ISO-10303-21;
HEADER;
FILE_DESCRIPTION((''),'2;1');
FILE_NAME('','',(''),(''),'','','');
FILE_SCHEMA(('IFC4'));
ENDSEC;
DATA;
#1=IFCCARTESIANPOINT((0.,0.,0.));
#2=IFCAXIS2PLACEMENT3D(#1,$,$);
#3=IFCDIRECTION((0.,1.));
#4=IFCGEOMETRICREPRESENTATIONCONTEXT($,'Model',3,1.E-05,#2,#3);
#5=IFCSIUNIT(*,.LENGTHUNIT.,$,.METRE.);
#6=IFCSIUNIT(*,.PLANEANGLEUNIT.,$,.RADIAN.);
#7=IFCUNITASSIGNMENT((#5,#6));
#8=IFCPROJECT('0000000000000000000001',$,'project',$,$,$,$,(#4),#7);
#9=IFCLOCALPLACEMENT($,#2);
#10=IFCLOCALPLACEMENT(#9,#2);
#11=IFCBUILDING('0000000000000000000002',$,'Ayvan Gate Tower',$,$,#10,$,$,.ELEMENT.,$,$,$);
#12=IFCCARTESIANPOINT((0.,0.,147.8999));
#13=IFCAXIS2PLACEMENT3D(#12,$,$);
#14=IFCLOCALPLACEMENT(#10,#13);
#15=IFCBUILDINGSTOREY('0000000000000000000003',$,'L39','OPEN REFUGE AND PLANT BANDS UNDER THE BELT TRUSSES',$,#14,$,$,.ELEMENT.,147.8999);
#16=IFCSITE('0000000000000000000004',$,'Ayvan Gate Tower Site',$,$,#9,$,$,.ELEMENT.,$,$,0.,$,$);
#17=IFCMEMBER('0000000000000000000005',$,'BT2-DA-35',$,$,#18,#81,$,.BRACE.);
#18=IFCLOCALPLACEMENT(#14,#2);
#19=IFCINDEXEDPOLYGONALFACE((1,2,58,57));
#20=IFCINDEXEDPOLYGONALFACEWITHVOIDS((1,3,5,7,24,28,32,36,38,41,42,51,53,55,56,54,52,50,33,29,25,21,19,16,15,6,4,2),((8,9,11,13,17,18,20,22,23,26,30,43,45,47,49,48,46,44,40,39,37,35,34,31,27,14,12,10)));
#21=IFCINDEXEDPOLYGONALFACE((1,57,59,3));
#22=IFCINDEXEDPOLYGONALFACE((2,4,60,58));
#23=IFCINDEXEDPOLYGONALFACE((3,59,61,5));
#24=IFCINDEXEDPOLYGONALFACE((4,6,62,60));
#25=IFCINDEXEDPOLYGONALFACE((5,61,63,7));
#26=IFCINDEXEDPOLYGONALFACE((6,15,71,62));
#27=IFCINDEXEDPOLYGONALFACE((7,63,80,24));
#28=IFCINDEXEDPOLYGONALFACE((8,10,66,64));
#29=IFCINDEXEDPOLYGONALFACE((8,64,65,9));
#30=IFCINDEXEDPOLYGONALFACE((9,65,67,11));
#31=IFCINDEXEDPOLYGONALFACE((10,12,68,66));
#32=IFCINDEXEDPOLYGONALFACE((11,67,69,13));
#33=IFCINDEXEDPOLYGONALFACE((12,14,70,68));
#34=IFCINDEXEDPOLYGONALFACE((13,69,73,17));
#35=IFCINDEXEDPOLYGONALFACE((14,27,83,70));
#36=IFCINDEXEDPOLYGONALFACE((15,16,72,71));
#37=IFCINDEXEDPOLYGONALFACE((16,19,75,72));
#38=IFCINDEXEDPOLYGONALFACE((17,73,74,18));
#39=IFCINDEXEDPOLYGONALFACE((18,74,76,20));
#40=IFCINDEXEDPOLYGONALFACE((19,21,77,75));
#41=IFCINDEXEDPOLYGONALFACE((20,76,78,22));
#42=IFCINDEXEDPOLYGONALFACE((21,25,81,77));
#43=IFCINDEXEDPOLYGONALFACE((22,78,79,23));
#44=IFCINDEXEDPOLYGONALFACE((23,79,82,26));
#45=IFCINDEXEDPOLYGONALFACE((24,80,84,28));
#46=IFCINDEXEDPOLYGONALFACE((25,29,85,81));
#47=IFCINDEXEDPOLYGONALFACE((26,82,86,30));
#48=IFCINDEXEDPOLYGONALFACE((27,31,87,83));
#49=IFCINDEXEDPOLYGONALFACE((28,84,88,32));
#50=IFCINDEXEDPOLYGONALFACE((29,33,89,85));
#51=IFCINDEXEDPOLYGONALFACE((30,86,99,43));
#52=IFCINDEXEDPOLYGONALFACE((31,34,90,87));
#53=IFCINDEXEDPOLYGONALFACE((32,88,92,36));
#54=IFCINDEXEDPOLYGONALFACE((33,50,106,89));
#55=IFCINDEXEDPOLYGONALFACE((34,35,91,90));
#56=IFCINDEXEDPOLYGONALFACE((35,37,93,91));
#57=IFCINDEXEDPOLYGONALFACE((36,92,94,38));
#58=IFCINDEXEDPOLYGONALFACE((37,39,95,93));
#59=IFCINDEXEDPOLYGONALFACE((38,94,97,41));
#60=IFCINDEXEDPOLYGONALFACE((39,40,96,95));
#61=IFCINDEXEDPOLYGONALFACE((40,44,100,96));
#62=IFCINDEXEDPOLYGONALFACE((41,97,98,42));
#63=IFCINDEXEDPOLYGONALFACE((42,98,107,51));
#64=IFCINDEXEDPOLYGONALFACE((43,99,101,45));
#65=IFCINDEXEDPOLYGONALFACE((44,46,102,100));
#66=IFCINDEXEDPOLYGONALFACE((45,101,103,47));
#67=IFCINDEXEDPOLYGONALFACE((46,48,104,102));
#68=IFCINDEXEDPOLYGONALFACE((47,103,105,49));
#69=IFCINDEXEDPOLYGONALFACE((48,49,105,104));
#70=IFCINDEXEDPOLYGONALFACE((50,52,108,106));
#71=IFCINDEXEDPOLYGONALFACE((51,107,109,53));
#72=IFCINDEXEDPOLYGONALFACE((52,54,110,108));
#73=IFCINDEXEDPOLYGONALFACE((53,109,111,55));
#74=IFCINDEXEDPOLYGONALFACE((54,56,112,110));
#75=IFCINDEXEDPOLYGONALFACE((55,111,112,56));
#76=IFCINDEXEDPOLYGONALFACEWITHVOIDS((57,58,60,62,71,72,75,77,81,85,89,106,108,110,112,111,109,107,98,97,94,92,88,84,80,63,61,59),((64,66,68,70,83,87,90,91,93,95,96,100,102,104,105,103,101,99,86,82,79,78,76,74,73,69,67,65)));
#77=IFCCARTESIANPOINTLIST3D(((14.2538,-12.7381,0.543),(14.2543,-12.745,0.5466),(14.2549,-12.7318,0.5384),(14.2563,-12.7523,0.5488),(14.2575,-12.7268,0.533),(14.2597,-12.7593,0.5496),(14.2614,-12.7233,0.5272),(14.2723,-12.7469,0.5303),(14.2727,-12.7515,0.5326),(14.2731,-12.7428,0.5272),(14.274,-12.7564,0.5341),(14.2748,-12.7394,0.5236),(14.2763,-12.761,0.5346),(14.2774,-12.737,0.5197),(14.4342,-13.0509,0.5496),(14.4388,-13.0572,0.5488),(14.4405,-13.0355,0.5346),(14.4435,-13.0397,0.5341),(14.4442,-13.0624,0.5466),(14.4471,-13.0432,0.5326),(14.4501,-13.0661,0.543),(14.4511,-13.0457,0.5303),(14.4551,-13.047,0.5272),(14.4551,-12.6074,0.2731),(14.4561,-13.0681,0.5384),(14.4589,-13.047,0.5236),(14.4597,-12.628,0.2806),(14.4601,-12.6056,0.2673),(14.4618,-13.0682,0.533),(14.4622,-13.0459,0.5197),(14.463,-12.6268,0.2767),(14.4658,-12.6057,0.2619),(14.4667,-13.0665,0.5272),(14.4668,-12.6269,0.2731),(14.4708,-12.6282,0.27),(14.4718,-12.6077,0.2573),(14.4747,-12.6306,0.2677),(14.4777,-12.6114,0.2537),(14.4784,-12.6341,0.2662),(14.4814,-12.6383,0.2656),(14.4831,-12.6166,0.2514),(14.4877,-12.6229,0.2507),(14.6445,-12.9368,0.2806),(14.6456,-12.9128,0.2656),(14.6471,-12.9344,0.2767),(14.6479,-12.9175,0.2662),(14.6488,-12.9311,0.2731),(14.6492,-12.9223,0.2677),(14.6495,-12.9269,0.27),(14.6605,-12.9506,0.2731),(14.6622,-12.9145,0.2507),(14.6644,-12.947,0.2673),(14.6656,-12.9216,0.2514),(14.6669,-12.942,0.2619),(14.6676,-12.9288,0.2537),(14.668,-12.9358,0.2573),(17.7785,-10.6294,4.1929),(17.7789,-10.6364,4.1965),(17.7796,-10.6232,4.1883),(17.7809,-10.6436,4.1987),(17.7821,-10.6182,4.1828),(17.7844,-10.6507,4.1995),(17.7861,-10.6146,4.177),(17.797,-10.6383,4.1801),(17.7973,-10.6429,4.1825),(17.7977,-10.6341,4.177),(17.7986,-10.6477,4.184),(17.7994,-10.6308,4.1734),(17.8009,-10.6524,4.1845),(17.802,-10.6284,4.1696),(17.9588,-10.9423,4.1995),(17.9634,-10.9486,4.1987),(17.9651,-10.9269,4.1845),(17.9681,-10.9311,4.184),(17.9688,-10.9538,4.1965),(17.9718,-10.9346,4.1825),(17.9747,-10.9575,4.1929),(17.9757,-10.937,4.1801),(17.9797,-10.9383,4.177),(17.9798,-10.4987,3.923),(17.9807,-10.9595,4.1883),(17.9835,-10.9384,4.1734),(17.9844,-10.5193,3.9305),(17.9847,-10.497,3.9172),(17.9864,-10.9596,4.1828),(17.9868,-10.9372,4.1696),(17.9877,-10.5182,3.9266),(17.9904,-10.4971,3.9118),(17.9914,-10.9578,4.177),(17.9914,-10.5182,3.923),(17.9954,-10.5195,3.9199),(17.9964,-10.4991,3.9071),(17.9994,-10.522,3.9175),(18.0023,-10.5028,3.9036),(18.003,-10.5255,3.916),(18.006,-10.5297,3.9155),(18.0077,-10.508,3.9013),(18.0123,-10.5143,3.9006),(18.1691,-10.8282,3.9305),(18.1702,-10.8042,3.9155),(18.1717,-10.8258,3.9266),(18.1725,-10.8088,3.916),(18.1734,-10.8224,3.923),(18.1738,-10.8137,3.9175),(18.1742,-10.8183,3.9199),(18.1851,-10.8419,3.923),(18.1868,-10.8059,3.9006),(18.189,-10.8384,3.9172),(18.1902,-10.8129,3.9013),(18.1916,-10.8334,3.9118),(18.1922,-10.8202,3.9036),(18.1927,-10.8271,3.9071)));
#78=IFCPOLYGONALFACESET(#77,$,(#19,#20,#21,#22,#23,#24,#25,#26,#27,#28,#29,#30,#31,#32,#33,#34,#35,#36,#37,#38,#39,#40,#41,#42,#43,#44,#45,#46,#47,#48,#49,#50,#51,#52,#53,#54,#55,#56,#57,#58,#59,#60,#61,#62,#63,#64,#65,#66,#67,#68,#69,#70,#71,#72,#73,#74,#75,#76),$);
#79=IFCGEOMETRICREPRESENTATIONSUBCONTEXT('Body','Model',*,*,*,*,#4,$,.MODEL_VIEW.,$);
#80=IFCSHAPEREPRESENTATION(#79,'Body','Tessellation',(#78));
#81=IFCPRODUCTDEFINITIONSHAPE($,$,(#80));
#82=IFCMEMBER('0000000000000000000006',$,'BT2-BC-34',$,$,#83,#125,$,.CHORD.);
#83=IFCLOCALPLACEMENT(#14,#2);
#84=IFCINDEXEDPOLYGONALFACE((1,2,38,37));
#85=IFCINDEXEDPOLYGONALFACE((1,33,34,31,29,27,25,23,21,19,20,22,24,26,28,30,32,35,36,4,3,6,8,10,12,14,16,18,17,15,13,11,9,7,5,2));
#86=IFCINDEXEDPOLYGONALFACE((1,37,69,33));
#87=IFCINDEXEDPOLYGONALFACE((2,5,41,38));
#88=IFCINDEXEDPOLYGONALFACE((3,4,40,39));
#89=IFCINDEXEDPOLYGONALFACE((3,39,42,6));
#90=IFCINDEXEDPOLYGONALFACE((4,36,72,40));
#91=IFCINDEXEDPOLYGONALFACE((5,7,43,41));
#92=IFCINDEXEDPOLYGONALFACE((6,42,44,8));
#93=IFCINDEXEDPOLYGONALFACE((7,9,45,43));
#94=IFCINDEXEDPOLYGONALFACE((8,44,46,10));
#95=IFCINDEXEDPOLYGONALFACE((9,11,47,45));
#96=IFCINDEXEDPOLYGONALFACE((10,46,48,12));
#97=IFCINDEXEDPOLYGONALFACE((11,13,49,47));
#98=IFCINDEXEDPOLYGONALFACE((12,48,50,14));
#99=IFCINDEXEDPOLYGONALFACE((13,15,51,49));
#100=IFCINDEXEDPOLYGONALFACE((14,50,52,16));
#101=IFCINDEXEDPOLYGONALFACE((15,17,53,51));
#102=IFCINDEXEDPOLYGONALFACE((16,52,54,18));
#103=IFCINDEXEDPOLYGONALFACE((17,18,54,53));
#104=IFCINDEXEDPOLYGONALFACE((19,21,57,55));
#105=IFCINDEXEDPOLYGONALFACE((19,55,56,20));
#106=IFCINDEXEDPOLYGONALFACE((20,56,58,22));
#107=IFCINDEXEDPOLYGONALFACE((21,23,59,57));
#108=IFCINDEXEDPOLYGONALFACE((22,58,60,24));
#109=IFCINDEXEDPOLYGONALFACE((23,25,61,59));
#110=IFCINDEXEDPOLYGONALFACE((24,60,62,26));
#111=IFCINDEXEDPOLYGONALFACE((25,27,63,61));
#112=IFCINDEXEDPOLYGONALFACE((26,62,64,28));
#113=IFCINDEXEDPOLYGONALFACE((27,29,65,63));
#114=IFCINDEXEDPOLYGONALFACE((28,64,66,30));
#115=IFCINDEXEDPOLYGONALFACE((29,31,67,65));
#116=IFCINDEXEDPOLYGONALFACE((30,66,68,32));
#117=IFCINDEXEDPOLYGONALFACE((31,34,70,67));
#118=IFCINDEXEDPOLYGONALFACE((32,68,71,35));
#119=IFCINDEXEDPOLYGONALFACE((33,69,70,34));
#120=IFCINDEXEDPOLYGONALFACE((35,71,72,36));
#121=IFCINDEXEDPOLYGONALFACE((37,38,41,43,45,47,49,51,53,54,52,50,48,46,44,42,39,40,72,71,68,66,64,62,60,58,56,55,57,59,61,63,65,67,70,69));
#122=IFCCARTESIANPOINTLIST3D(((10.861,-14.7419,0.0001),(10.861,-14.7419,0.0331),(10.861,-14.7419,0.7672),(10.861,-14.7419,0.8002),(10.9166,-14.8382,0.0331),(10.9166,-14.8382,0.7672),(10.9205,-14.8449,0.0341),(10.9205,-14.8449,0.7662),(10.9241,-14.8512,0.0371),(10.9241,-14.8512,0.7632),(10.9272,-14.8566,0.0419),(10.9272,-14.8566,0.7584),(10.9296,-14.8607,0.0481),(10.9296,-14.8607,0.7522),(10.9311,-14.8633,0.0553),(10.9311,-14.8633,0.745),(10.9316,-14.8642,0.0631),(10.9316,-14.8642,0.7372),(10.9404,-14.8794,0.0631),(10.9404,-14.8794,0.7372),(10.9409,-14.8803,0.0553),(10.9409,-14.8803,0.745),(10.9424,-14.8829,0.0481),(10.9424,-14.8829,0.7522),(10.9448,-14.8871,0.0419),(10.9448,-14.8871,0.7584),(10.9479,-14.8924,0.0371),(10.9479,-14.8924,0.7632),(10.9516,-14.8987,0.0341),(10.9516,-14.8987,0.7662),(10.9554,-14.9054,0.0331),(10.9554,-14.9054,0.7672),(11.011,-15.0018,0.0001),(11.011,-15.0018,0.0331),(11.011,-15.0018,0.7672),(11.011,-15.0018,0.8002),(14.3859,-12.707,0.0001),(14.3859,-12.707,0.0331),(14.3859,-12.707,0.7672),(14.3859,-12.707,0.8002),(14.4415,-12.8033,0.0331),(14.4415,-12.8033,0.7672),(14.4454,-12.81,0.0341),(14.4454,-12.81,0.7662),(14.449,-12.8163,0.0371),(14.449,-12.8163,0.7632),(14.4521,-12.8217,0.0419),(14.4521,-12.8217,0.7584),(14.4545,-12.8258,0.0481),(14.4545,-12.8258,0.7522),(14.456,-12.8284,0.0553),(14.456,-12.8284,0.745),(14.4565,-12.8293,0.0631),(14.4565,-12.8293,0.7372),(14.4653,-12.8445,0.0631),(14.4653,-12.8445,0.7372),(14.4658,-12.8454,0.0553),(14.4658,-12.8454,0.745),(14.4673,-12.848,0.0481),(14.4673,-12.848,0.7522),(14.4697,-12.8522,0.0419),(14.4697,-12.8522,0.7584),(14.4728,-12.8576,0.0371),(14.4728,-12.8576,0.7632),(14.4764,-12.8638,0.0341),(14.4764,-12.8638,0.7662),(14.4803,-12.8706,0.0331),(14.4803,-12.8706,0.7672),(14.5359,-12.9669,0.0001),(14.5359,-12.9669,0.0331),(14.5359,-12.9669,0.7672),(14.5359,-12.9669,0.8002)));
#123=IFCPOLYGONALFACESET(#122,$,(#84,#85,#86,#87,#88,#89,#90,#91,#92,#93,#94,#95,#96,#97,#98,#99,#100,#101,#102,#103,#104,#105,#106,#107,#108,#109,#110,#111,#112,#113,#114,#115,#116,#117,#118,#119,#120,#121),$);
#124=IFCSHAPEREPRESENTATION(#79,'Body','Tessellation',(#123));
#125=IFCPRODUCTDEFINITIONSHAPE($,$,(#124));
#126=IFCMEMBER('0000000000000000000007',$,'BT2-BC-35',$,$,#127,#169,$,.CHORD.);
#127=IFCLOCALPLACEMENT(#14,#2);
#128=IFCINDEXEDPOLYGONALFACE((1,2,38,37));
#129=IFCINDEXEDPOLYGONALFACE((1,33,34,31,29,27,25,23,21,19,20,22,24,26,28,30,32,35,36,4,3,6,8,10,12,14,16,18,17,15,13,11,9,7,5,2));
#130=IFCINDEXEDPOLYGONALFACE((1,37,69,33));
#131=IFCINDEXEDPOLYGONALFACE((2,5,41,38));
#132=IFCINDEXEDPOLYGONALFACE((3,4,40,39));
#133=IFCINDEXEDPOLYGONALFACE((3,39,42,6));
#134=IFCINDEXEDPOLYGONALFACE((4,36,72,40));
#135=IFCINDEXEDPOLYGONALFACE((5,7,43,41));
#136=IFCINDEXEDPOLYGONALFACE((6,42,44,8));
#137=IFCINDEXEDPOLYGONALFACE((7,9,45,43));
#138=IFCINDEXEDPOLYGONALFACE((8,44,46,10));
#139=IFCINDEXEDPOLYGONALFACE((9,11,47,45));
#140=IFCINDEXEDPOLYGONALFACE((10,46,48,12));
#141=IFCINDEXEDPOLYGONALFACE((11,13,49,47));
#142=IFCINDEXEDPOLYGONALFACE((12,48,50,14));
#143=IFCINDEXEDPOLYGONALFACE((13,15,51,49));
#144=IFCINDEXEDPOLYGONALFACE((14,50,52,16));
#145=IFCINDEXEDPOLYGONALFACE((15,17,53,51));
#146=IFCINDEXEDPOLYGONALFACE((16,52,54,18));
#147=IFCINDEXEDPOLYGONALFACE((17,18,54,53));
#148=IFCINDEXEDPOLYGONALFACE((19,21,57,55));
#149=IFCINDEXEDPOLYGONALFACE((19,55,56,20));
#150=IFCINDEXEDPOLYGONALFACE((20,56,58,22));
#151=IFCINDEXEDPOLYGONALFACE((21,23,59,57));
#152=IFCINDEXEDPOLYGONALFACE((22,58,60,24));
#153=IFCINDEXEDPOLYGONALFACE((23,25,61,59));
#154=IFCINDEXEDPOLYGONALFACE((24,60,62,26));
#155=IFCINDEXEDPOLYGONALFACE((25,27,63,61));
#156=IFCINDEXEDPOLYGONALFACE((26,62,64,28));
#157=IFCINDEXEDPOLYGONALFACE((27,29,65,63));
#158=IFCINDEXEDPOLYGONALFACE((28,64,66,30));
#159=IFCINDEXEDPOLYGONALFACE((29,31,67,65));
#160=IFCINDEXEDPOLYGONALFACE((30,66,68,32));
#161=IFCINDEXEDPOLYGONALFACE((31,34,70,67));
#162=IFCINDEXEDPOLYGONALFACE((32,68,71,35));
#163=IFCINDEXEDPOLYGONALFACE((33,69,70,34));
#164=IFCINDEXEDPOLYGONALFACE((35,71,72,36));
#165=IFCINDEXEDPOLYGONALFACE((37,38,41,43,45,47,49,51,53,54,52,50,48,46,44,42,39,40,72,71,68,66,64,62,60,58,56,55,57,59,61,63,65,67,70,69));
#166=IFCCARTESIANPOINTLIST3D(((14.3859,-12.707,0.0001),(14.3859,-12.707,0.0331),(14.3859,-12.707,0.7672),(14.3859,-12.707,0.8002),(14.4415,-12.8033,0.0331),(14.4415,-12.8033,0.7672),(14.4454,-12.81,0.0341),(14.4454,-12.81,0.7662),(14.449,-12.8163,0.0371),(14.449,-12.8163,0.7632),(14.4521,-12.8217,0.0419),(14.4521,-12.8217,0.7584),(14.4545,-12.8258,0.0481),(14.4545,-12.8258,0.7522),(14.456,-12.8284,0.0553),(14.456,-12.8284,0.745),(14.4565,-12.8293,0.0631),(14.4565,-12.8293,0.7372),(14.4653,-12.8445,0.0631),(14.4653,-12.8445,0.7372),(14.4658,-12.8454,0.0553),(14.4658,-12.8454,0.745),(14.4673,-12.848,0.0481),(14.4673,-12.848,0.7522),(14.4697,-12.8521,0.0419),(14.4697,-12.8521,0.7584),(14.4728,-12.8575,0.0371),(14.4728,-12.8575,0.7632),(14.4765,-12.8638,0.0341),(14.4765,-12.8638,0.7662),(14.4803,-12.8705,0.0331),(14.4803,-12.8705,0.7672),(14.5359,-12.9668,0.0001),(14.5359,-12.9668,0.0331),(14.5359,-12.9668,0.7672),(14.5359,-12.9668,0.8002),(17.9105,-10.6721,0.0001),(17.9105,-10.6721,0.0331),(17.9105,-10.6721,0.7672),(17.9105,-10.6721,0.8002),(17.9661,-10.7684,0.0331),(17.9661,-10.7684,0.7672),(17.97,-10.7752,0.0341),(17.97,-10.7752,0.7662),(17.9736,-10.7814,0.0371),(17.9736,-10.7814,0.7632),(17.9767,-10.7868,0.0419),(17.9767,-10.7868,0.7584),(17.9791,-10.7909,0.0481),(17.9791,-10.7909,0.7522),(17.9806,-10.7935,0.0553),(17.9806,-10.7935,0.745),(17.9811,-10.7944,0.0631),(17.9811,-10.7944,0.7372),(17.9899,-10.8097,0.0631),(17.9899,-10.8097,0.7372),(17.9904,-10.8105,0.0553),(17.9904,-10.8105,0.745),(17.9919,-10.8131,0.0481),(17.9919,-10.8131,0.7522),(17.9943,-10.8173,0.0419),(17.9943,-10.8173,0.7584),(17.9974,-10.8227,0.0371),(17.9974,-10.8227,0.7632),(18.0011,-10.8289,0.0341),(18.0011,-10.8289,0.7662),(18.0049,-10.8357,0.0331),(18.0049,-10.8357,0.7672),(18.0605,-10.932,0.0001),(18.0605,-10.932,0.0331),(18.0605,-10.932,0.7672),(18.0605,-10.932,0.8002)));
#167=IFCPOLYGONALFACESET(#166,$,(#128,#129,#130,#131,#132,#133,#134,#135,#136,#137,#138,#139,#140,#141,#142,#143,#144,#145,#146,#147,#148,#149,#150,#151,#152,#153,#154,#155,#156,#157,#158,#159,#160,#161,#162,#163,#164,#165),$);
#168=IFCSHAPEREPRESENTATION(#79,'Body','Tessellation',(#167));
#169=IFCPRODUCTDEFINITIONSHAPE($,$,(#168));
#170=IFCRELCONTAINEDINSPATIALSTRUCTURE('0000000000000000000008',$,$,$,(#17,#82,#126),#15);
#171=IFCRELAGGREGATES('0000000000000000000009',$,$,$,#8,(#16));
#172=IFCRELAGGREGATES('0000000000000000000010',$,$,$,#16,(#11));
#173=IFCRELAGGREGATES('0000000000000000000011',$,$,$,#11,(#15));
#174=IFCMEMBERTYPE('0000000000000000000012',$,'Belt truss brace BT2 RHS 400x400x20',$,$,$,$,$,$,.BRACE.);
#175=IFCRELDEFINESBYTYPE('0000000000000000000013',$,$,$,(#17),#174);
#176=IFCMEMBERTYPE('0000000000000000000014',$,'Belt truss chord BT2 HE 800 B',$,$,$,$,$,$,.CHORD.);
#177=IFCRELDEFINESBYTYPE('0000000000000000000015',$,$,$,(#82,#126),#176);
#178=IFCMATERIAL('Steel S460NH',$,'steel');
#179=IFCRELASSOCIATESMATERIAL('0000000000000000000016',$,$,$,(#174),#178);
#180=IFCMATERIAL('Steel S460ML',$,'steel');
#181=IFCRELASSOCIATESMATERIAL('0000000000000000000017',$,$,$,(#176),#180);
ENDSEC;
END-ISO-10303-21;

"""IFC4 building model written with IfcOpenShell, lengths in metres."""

from ifc_helpers import new_model, si_unit, direction, frame, origin, origin_2d, place, context, subcontext, project, spatial, hollow_rectangle, i_section, extrude, material, material_profile, profile_set, type_object, element, save


model = new_model("IFC4")

# Units and contexts
model_context = context("Model", 3, precision=1e-05, world=origin(), true_north=direction((0.0, 1.0)))
body_context = subcontext(model_context, "Body", "Model", "MODEL_VIEW")
ifc_project = project(units=[si_unit("LENGTHUNIT", "METRE"), si_unit("PLANEANGLEUNIT", "RADIAN")], contexts=[model_context])

# Site, building, storey
site_placement = place(None, origin())
site = spatial("IfcSite", under=ifc_project, at=site_placement, Name="Ayvan Gate Tower Site", CompositionType="ELEMENT", RefElevation=0.0)
building_placement = place(site_placement, origin())
building = spatial("IfcBuilding", under=site, at=building_placement, Name="Ayvan Gate Tower", CompositionType="ELEMENT")
storey_placement = place(building_placement, frame((0.0, 0.0, 147.8999)))
storey = spatial("IfcBuildingStorey", under=building, at=storey_placement, Name="L39", Description="OPEN REFUGE AND PLANT BANDS UNDER THE BELT TRUSSES", CompositionType="ELEMENT", Elevation=147.8999)

# Members
ifc_material_1 = material(Name="Steel S460NH", Category="steel")
ifc_material_profile_1 = material_profile(ifc_material_1, hollow_rectangle(XDim=0.3999, YDim=0.3999, WallThickness=0.02, InnerFilletRadius=0.02, OuterFilletRadius=0.03, at=origin_2d()), Name="RHS 400x400x20")
ifc_profile_set_1 = profile_set([ifc_material_profile_1], Name="Steel S460NH")
member_type_1 = type_object("IfcMemberType", Name="Belt truss brace BT2 RHS 400x400x20", PredefinedType="BRACE", material=ifc_profile_set_1)
member_1_placement = place(storey_placement, frame((14.4609, -12.8369, 0.4001), z_axis=(0.641469, 0.383762, 0.664263), x_axis=(-0.513394, 0.858153, 0.0)))
element("IfcMember", 1, at=member_1_placement, inside=storey, type_object=member_type_1, Name="BT2-DA-35", PredefinedType="BRACE", context=body_context, shape_type="SweptSolid", body=[
    extrude(hollow_rectangle(XDim=0.3999, YDim=0.3999, WallThickness=0.02, InnerFilletRadius=0.02, OuterFilletRadius=0.03, at=origin_2d()), origin(), (0.0, 0.0, 1.0), 5.4946),
])
ifc_material_2 = material(Name="Steel S460ML", Category="steel")
ifc_material_profile_2 = material_profile(ifc_material_2, i_section(OverallWidth=0.3, OverallDepth=0.8, WebThickness=0.0176, FlangeThickness=0.033, FilletRadius=0.03, at=origin_2d()), Name="HE 800 B")
ifc_profile_set_2 = profile_set([ifc_material_profile_2], Name="Steel S460ML")
member_type_2 = type_object("IfcMemberType", Name="Belt truss chord BT2 HE 800 B", PredefinedType="CHORD", material=ifc_profile_set_2)
member_2_placement = place(storey_placement, frame((10.936, -14.8718, 0.4001), z_axis=(0.866046, 0.499965, 0.0), x_axis=(-0.499965, 0.866046, 0.0)))
element("IfcMember", 2, at=member_2_placement, inside=storey, type_object=member_type_2, Name="BT2-BC-34", PredefinedType="CHORD", context=body_context, shape_type="SweptSolid", body=[
    extrude(i_section(OverallWidth=0.3, OverallDepth=0.8, WebThickness=0.0176, FlangeThickness=0.033, FilletRadius=0.03, at=origin_2d()), origin(), (0.0, 0.0, 1.0), 4.0701),
])
member_3_placement = place(storey_placement, frame((14.4609, -12.8369, 0.4001), z_axis=(0.866031, 0.499991, 0.0), x_axis=(-0.499991, 0.866031, 0.0)))
element("IfcMember", 3, at=member_3_placement, inside=storey, type_object=member_type_2, Name="BT2-BC-35", PredefinedType="CHORD", context=body_context, shape_type="SweptSolid", body=[
    extrude(i_section(OverallWidth=0.3, OverallDepth=0.8, WebThickness=0.0176, FlangeThickness=0.033, FilletRadius=0.03, at=origin_2d()), origin(), (0.0, 0.0, 1.0), 4.0698),
])

save(model, "model.ifc")
